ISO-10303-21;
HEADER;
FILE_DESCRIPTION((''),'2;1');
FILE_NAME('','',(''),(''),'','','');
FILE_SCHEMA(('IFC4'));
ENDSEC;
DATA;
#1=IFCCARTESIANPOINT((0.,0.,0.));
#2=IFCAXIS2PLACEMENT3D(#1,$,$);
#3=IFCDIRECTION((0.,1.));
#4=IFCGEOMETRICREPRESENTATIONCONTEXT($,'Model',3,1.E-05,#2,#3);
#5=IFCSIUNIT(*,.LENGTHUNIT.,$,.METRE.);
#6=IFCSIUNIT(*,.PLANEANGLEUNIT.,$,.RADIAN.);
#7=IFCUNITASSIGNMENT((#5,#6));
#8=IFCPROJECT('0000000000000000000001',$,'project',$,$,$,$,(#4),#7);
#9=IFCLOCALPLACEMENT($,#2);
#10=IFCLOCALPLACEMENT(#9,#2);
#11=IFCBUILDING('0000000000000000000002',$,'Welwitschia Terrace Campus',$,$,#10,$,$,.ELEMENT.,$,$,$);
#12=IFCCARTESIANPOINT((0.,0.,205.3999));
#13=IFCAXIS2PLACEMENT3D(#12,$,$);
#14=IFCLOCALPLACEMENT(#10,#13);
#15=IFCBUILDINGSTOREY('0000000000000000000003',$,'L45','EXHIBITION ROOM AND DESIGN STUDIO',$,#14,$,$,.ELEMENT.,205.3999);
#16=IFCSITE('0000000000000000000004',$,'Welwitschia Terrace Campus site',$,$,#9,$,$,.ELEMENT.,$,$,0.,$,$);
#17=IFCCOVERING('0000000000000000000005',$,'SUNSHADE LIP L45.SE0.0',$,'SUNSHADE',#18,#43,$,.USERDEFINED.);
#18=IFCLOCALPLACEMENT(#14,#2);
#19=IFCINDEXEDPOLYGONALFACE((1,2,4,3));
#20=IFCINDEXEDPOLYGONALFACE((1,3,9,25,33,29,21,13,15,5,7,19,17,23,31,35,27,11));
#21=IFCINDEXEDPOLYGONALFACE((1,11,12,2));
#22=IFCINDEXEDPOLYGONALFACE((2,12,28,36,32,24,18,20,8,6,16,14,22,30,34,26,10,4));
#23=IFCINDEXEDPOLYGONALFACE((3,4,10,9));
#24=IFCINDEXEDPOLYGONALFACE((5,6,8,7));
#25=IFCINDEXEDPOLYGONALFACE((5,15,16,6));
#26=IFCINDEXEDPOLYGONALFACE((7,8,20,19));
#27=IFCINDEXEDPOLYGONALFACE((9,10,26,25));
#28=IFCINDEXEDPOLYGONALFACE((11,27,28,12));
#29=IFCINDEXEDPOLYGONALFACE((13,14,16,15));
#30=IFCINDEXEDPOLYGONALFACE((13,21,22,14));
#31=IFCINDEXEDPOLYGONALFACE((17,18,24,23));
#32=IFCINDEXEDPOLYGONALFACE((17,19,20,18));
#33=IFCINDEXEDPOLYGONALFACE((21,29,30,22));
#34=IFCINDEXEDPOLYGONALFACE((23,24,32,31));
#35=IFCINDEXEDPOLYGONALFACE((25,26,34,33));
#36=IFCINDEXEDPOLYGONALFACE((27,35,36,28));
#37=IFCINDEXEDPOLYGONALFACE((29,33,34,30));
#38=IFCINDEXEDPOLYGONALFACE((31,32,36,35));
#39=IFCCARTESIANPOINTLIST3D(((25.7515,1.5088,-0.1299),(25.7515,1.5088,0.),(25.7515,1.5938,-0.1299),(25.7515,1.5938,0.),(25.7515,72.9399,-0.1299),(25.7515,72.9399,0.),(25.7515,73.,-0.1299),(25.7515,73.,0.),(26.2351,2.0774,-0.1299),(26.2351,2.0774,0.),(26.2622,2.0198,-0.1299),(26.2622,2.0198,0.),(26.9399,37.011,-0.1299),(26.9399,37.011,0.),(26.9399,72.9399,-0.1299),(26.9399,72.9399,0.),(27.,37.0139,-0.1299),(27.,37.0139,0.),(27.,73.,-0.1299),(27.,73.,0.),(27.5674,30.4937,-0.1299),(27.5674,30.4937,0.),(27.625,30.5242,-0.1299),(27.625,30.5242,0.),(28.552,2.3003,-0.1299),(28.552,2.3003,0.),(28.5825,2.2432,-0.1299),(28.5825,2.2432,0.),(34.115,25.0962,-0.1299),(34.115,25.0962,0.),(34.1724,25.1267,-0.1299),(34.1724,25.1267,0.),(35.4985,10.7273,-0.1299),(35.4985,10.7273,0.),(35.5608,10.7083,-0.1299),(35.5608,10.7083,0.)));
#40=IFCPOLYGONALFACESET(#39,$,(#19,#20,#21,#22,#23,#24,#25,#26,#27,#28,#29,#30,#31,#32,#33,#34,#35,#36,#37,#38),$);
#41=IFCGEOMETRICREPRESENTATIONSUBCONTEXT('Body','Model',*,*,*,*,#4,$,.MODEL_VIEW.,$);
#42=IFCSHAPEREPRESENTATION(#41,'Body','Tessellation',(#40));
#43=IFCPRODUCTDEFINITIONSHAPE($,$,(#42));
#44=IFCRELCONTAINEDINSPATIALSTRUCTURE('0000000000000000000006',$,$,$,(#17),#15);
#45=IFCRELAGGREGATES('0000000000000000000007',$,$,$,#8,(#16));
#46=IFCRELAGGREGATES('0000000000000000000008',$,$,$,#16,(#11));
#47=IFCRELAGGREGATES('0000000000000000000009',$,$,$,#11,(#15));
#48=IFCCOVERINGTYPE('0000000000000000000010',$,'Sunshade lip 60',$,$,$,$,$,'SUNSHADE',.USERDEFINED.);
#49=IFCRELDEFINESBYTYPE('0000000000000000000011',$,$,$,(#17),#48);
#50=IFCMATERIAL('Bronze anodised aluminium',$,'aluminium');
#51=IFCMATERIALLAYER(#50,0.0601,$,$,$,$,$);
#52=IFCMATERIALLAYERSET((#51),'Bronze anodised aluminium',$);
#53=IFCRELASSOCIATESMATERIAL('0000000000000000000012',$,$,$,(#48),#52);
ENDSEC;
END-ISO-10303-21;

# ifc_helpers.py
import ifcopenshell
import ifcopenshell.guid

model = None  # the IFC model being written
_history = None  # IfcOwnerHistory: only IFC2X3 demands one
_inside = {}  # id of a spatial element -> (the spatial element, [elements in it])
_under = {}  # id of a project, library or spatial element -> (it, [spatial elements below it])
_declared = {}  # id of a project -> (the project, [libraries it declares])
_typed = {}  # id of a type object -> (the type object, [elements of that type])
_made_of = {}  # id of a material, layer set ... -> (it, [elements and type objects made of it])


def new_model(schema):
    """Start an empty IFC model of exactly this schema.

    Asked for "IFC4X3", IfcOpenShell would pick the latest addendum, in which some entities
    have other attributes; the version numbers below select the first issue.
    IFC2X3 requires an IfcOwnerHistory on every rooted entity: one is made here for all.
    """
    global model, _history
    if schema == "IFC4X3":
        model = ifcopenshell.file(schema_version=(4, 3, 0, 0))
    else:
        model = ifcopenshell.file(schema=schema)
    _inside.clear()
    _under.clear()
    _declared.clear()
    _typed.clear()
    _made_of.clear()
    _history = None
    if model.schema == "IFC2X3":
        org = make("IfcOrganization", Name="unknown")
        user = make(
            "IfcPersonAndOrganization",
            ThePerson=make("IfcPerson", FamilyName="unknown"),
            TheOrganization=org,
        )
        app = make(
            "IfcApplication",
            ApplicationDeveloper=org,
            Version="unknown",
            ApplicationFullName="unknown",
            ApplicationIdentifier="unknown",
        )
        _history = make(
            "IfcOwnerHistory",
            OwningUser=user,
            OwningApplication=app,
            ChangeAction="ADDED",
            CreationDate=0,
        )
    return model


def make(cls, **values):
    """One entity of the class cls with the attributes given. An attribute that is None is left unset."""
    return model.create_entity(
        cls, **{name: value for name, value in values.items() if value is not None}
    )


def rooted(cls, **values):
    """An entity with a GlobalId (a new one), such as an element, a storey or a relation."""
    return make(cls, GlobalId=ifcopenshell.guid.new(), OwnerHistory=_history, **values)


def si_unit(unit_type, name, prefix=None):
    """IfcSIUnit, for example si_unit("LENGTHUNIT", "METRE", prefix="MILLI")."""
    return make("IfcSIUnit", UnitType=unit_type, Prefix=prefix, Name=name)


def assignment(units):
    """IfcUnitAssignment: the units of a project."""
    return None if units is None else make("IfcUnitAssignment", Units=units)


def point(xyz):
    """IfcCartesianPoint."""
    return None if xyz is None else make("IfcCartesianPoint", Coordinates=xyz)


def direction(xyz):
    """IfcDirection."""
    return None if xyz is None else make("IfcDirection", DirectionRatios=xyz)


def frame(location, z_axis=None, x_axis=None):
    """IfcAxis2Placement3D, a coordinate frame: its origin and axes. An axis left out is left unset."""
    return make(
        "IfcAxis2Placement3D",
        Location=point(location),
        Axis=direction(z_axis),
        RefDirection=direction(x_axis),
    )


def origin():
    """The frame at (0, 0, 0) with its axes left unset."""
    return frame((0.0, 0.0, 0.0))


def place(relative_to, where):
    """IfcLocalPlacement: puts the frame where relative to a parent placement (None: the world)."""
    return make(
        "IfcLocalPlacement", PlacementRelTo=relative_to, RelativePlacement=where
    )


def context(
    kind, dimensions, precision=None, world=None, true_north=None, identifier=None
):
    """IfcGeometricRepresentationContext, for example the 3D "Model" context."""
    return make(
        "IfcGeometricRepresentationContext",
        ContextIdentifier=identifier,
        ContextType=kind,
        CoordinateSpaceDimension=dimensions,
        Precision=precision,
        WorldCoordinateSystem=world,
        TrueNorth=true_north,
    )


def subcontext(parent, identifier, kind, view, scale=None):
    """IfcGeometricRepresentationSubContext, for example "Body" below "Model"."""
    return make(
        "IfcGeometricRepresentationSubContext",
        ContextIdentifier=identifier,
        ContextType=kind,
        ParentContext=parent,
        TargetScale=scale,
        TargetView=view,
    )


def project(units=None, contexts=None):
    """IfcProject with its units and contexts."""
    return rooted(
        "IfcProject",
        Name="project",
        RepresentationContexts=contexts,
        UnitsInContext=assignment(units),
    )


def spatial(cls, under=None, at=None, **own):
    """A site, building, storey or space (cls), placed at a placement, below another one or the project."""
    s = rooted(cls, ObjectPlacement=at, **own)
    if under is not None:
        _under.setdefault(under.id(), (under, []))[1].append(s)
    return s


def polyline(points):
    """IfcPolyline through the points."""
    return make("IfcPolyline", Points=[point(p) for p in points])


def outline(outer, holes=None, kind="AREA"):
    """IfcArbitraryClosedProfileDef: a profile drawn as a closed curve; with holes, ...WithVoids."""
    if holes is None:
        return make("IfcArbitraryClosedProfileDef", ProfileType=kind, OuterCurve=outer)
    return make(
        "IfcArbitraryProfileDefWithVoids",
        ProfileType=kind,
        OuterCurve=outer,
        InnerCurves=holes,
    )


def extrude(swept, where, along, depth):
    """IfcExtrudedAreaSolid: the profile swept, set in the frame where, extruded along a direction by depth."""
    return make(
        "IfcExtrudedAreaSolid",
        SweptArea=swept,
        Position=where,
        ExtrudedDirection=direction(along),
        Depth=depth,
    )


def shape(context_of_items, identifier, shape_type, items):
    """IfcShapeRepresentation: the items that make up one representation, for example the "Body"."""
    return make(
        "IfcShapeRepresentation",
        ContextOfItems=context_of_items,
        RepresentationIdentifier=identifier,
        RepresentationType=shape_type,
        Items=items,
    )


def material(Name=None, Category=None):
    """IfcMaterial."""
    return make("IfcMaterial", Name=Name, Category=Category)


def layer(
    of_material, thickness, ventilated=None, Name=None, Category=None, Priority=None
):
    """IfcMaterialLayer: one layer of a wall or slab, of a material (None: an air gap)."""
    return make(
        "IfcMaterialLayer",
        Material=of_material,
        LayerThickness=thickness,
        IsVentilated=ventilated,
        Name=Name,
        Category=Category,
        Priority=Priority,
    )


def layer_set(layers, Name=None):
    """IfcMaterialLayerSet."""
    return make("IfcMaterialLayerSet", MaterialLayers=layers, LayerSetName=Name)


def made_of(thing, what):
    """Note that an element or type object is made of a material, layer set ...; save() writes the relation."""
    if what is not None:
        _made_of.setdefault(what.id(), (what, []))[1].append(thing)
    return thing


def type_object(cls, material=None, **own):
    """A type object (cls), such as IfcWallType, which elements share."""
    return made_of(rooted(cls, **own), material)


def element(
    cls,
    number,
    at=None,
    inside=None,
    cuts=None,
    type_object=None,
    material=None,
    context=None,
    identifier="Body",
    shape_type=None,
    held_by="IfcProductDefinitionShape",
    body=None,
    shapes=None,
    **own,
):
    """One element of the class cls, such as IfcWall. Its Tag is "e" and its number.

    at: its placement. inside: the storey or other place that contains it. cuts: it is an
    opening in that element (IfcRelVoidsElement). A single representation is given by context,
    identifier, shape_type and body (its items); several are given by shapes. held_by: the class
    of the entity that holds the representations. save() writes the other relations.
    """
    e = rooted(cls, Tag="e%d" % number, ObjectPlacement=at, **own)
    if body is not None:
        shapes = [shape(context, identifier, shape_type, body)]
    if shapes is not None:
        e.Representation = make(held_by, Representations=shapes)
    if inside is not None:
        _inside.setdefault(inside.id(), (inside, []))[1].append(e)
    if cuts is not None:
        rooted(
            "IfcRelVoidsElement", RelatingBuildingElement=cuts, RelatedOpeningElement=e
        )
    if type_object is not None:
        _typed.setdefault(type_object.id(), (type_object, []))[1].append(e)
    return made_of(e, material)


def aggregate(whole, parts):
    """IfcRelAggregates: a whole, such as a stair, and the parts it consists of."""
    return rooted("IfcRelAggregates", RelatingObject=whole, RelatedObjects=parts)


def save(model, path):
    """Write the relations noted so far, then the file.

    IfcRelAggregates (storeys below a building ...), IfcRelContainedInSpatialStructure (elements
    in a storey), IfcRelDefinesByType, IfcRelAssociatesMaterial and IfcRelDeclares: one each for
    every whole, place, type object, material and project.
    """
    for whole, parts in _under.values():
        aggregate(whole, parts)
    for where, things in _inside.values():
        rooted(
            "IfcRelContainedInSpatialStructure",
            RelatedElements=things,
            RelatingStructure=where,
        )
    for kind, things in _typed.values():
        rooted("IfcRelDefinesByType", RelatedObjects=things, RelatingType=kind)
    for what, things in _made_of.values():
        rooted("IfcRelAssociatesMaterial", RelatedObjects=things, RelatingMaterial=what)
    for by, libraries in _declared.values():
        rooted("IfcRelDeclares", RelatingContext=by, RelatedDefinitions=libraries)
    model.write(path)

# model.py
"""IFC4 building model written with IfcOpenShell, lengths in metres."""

from ifc_helpers import new_model, si_unit, direction, frame, origin, place, context, subcontext, project, spatial, polyline, outline, extrude, material, layer, layer_set, type_object, element, save


model = new_model("IFC4")

# Units and contexts
model_context = context("Model", 3, precision=1e-05, world=origin(), true_north=direction((0.0, 1.0)))
body_context = subcontext(model_context, "Body", "Model", "MODEL_VIEW")
ifc_project = project(units=[si_unit("LENGTHUNIT", "METRE"), si_unit("PLANEANGLEUNIT", "RADIAN")], contexts=[model_context])

# Site, building, storey
site_placement = place(None, origin())
site = spatial("IfcSite", under=ifc_project, at=site_placement, Name="Welwitschia Terrace Campus site", CompositionType="ELEMENT", RefElevation=0.0)
building_placement = place(site_placement, origin())
building = spatial("IfcBuilding", under=site, at=building_placement, Name="Welwitschia Terrace Campus", CompositionType="ELEMENT")
storey_placement = place(building_placement, frame((0.0, 0.0, 205.3999)))
storey = spatial("IfcBuildingStorey", under=building, at=storey_placement, Name="L45", Description="EXHIBITION ROOM AND DESIGN STUDIO", CompositionType="ELEMENT", Elevation=205.3999)

# Covering
ifc_material_1 = material(Name="Bronze anodised aluminium", Category="aluminium")
ifc_layer_1 = layer(ifc_material_1, 0.0601)
ifc_layer_set_1 = layer_set([ifc_layer_1], Name="Bronze anodised aluminium")
covering_type_1 = type_object("IfcCoveringType", Name="Sunshade lip 60", ElementType="SUNSHADE", PredefinedType="USERDEFINED", material=ifc_layer_set_1)
covering_1_placement = place(storey_placement, frame((0.0, 0.0, -0.1299)))
element("IfcCovering", 1, at=covering_1_placement, inside=storey, type_object=covering_type_1, Name="SUNSHADE LIP L45.SE0.0", ObjectType="SUNSHADE", PredefinedType="USERDEFINED", context=body_context, shape_type="SweptSolid", body=[
    extrude(outline(polyline([(27.0, 37.0139), (27.625, 30.5242), (34.1724, 25.1267), (35.5608, 10.7083), (28.5825, 2.2432), (26.2622, 2.0198), (25.7515, 1.5088), (25.7515, 1.5938), (26.2351, 2.0774), (28.552, 2.3003), (35.4985, 10.7273), (34.115, 25.0962), (27.5674, 30.4937), (26.9399, 37.011), (26.9399, 72.9399), (25.7515, 72.9399), (25.7515, 73.0), (27.0, 73.0), (27.0, 37.0139)])), origin(), (0.0, 0.0, 1.0), 0.1299),
])

save(model, "model.ifc")
